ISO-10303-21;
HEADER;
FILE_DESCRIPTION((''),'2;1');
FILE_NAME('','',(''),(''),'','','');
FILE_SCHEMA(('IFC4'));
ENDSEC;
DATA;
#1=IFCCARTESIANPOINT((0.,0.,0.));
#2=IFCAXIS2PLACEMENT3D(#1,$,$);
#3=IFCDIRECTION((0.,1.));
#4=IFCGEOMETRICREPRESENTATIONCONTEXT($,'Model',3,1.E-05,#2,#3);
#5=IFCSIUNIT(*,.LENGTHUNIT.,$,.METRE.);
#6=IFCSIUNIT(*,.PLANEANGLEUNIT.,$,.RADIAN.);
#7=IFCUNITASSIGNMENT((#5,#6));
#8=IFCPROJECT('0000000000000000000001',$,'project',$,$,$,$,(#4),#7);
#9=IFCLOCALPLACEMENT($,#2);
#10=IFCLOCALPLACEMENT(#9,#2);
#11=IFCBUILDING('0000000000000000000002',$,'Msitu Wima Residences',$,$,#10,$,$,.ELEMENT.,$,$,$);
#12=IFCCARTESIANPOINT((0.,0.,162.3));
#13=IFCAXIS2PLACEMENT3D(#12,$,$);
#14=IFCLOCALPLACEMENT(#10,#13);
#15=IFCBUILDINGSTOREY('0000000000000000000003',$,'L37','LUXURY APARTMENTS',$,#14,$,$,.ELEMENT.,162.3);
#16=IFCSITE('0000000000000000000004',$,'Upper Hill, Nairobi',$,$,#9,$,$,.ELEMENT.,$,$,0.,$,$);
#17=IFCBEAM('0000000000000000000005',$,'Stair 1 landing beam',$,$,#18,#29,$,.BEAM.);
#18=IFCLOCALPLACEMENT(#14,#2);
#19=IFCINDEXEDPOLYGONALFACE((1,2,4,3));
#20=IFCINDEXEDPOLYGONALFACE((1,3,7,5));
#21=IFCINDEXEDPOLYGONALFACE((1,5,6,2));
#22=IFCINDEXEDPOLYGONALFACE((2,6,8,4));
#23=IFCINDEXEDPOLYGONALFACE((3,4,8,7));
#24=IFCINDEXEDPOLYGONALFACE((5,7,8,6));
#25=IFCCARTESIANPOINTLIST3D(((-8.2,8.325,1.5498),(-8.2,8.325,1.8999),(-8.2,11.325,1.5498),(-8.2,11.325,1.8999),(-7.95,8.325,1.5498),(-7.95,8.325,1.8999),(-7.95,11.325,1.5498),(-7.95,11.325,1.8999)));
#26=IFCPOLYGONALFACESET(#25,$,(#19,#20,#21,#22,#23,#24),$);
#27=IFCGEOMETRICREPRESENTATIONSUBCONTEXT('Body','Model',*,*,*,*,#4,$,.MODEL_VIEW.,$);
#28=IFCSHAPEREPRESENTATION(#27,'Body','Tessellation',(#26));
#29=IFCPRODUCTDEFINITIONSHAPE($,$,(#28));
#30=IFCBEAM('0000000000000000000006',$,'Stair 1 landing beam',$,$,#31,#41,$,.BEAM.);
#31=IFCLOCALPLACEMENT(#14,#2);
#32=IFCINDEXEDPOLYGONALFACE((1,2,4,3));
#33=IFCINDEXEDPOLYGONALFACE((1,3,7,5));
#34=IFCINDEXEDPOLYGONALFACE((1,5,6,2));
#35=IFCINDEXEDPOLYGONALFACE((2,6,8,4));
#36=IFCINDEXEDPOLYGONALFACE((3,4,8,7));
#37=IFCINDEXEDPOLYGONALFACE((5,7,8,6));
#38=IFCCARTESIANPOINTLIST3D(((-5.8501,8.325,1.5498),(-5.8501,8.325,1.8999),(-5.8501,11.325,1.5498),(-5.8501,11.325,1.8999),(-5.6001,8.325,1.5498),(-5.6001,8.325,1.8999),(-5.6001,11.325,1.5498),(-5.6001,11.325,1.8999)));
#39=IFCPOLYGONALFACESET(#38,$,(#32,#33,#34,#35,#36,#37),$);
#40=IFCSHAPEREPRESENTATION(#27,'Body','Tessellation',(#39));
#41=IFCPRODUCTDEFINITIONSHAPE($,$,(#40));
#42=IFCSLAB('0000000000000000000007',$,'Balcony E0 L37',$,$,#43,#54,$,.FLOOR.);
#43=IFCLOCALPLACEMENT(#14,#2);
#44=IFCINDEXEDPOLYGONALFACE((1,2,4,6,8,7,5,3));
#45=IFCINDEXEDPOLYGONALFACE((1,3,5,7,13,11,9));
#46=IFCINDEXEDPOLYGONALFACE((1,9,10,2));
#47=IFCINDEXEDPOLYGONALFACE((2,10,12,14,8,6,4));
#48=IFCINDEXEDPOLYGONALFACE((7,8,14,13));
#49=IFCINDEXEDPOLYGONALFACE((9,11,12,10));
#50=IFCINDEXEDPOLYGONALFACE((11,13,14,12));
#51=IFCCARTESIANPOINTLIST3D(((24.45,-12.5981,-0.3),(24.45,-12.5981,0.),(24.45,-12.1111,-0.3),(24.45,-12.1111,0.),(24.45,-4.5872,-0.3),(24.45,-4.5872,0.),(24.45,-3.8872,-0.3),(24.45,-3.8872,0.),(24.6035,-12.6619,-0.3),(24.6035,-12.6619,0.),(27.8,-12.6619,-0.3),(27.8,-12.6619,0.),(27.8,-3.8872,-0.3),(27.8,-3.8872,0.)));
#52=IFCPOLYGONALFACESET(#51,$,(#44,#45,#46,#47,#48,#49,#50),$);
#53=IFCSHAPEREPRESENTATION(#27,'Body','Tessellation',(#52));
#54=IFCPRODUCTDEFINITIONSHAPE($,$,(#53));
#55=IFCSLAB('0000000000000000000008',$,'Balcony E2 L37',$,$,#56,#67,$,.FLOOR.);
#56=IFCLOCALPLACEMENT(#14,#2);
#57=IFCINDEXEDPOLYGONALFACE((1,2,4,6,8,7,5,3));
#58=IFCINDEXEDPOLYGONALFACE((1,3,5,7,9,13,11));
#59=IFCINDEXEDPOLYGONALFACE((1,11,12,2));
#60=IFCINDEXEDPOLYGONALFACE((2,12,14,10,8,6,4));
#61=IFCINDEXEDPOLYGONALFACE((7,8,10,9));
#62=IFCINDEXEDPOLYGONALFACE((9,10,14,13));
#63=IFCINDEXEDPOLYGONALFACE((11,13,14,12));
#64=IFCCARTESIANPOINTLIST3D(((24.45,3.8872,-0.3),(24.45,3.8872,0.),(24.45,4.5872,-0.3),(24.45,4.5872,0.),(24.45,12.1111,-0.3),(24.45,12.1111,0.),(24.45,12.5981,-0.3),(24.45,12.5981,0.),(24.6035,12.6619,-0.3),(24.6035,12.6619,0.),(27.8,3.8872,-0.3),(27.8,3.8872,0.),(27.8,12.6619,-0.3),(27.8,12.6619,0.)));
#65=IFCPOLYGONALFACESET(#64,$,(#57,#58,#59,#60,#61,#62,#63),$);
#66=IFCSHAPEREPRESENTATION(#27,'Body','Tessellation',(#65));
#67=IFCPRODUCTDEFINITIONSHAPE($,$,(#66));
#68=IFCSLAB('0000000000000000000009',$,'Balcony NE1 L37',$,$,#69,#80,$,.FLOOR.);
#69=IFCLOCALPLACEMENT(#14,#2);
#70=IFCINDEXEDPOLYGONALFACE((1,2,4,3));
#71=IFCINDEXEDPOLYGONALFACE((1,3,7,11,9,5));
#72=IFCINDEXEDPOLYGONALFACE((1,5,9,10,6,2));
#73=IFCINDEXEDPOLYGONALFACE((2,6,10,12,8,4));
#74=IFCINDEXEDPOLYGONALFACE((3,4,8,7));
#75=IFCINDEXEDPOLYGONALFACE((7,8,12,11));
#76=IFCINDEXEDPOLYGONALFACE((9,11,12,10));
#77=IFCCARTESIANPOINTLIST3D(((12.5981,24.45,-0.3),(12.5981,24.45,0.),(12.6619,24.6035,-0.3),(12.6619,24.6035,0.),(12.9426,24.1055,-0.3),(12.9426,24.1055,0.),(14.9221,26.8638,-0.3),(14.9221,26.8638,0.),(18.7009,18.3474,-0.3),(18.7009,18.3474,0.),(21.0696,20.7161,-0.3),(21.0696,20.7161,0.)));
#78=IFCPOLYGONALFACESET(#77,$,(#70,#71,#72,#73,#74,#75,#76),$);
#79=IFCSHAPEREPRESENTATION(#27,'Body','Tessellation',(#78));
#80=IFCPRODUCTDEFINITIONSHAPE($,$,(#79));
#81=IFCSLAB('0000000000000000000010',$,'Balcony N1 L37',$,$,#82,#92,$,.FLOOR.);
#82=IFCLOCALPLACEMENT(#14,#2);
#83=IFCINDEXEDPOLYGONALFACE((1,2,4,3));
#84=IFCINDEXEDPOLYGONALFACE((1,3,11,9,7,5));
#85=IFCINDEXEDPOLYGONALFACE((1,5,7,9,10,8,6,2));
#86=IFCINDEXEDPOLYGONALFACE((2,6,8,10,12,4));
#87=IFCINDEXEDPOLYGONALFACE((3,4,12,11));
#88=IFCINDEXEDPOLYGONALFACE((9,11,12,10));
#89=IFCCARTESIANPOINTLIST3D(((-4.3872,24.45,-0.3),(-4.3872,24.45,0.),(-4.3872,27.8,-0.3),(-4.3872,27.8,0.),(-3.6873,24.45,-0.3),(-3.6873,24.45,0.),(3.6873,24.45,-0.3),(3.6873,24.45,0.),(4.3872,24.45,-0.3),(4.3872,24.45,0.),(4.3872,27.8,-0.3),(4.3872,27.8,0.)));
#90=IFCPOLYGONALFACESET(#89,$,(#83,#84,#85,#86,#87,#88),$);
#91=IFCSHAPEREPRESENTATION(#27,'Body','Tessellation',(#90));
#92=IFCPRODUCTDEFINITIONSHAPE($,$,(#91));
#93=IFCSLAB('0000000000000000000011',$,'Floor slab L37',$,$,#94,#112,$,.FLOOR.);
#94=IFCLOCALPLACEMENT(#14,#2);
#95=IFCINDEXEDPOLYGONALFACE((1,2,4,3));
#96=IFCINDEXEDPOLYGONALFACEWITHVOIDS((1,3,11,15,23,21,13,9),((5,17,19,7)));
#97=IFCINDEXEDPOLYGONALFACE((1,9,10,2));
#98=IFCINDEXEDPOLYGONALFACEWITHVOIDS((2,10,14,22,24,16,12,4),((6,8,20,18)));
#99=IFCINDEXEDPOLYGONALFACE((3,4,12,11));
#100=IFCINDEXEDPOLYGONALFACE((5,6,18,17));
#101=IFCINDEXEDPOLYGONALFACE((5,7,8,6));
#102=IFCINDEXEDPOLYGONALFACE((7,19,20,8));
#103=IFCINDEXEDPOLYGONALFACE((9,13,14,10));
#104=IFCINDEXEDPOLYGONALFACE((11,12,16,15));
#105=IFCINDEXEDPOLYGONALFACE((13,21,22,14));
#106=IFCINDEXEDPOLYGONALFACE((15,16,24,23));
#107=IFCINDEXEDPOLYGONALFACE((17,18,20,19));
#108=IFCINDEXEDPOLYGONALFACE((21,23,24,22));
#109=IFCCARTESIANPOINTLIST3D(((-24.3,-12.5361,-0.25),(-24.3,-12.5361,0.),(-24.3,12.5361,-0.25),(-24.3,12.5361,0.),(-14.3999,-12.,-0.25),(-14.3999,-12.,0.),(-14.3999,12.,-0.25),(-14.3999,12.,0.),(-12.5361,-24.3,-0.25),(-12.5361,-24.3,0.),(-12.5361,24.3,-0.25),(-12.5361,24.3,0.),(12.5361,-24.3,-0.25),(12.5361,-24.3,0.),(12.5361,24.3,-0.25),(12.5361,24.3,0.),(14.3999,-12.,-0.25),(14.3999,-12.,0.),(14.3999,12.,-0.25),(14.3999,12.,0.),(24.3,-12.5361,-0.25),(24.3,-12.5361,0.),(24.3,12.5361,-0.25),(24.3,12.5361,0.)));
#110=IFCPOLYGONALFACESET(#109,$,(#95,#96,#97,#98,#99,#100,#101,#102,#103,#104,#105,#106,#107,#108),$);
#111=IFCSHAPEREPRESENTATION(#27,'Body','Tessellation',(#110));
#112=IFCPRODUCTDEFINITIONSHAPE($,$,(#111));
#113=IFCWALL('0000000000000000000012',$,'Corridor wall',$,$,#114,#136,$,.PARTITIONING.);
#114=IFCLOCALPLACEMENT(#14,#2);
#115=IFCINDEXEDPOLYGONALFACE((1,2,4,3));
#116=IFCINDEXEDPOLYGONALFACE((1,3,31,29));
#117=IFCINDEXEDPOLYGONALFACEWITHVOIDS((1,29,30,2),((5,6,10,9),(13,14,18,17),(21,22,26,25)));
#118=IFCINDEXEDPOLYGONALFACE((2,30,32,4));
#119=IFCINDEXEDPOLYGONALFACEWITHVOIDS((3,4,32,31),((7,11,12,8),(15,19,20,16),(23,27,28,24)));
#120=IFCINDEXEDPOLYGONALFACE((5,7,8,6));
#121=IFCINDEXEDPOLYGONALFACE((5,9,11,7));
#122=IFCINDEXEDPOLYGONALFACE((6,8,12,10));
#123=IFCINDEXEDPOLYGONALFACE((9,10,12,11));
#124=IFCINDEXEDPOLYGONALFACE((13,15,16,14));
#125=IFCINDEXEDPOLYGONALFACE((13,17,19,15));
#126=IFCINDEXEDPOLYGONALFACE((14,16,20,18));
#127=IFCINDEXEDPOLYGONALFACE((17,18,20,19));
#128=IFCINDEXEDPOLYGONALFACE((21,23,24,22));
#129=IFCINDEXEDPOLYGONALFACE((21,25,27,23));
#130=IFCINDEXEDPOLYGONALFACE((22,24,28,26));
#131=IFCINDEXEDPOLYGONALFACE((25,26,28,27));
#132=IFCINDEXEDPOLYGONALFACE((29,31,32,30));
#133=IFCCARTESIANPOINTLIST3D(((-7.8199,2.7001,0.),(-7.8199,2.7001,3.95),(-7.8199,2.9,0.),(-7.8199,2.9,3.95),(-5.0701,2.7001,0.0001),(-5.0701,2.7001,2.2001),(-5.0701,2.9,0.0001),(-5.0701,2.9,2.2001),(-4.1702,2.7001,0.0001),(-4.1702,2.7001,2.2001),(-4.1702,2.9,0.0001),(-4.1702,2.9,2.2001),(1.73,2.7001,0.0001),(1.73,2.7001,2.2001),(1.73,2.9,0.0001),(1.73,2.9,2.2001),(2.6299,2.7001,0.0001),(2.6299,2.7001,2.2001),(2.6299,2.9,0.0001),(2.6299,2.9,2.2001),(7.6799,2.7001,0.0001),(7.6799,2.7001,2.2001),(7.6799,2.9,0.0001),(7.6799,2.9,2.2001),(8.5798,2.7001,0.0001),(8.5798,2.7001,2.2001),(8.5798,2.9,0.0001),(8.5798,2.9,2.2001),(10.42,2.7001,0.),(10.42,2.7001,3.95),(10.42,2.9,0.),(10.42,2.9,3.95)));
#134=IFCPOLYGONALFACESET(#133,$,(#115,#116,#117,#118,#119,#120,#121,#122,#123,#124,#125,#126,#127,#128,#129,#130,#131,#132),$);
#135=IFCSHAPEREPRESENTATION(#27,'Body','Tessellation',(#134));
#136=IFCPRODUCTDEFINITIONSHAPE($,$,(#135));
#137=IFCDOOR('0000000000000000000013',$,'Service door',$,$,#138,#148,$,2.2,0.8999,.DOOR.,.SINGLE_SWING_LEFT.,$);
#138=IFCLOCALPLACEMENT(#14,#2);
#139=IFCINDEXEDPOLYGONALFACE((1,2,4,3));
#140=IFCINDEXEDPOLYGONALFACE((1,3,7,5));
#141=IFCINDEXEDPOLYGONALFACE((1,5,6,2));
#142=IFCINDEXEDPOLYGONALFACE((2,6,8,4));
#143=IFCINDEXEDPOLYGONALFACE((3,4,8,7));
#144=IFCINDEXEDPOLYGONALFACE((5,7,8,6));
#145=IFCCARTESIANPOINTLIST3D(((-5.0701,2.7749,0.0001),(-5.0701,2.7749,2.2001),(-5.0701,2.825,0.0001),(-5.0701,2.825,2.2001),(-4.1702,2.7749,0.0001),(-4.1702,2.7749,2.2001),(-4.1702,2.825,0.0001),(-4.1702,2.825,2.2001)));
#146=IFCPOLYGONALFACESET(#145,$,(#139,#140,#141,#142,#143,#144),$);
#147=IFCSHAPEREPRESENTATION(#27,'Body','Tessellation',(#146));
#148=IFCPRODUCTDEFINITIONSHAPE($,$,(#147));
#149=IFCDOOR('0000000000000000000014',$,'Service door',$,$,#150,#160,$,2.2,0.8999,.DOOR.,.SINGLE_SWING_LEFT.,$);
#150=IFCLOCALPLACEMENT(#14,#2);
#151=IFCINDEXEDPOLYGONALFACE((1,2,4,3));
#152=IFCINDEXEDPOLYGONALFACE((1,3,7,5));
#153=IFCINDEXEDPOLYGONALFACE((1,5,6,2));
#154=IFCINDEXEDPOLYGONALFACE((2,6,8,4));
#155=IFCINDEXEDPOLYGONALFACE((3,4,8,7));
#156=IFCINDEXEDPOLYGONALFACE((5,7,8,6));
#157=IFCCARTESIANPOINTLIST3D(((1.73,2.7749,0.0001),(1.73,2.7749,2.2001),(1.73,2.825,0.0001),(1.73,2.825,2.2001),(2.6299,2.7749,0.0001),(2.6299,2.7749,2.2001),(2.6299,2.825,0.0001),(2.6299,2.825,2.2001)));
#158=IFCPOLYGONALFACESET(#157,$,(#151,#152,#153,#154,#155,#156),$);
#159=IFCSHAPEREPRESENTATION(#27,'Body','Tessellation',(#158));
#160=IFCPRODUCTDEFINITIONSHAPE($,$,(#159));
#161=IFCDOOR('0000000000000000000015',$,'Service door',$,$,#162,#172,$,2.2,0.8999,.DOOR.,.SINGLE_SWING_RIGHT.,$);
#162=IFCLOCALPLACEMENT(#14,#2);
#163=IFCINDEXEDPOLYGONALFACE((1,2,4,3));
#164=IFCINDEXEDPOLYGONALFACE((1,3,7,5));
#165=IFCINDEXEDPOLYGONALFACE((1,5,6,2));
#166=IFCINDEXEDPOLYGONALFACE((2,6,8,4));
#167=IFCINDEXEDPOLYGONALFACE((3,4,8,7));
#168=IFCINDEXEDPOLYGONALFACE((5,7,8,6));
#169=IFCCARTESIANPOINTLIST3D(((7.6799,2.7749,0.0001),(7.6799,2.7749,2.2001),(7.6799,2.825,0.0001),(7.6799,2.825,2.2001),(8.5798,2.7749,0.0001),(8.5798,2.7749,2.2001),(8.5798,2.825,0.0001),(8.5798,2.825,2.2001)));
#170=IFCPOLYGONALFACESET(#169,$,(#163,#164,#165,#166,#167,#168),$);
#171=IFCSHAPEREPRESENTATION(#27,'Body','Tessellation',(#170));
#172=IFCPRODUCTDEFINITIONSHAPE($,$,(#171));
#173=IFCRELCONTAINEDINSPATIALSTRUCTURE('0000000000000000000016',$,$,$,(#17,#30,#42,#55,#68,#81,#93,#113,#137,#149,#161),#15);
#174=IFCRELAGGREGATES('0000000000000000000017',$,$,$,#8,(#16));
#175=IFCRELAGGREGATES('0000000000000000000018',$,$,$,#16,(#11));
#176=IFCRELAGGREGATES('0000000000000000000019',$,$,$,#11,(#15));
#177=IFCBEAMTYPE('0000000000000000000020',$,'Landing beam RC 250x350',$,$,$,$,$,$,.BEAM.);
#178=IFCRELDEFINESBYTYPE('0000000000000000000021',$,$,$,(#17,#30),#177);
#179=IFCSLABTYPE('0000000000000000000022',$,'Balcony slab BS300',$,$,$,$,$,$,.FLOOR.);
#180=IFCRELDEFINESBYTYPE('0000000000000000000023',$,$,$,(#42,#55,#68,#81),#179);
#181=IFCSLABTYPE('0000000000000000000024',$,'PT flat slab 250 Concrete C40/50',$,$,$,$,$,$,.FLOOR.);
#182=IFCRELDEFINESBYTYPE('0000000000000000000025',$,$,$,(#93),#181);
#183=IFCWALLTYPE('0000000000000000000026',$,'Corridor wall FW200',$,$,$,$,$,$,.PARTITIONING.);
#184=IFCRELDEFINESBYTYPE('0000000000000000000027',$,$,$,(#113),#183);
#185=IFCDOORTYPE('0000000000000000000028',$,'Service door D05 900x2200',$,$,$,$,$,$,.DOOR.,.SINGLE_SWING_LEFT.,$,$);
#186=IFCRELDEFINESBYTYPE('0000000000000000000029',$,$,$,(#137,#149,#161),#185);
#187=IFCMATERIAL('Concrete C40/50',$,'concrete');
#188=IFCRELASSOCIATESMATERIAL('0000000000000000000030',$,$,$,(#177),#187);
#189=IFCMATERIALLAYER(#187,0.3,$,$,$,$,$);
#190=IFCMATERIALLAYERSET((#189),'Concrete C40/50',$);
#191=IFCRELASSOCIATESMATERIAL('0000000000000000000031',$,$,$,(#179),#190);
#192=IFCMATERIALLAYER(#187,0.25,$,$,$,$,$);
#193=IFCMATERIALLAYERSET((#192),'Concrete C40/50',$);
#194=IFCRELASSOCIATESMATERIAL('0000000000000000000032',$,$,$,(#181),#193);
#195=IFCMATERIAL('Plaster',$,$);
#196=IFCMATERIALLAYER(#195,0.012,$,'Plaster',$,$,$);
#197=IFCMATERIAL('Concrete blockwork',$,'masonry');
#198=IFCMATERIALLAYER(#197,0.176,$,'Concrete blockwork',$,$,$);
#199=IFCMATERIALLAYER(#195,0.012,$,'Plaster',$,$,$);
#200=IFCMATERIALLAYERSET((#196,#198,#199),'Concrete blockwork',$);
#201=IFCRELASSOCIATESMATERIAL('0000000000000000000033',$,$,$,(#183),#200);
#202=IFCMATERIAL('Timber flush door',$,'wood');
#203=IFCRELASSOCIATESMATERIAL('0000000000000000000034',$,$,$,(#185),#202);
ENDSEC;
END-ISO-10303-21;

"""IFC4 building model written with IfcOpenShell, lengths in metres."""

from ifc_helpers import new_model, si_unit, direction, frame, frame_2d, origin, origin_2d, place, context, subcontext, project, spatial, polyline, rectangle, outline, extrude, material, layer, layer_set, material_profile, profile_set, type_object, element, fill, save


model = new_model("IFC4")

# Units and contexts
model_context = context("Model", 3, precision=1e-05, world=origin(), true_north=direction((0.0, 1.0)))
body_context = subcontext(model_context, "Body", "Model", "MODEL_VIEW")
ifc_project = project(units=[si_unit("LENGTHUNIT", "METRE"), si_unit("PLANEANGLEUNIT", "RADIAN")], contexts=[model_context])

# Site, building, storey
site_placement = place(None, origin())
site = spatial("IfcSite", under=ifc_project, at=site_placement, Name="Upper Hill, Nairobi", CompositionType="ELEMENT", RefElevation=0.0)
building_placement = place(site_placement, origin())
building = spatial("IfcBuilding", under=site, at=building_placement, Name="Msitu Wima Residences", CompositionType="ELEMENT")
storey_placement = place(building_placement, frame((0.0, 0.0, 162.3)))
storey = spatial("IfcBuildingStorey", under=building, at=storey_placement, Name="L37", Description="LUXURY APARTMENTS", CompositionType="ELEMENT", Elevation=162.3)

# Beams
ifc_material_1 = material(Name="Concrete C40/50", Category="concrete")
ifc_material_profile = material_profile(ifc_material_1, rectangle(XDim=0.25, YDim=0.3501, at=origin_2d()), Name="RC 250x350")
ifc_profile_set = profile_set([ifc_material_profile], Name="Concrete C40/50")
beam_type = type_object("IfcBeamType", Name="Landing beam RC 250x350", PredefinedType="BEAM", material=ifc_profile_set)
for number, where, z_axis, x_axis, name in (
    (1, (-8.075, 8.325, 1.7249), (0.0, 1.0, 0.0), (-1.0, 0.0, 0.0), "Stair 1 landing beam"),
    (2, (-5.7251, 8.325, 1.7249), (0.0, 1.0, 0.0), (-1.0, 0.0, 0.0), "Stair 1 landing beam"),
):
    element("IfcBeam", number, at=place(storey_placement, frame(where, z_axis=z_axis, x_axis=x_axis)), inside=storey, type_object=beam_type, Name=name, PredefinedType="BEAM", context=body_context, shape_type="SweptSolid", body=[
        extrude(rectangle(XDim=0.25, YDim=0.3501, at=origin_2d()), origin(), (0.0, 0.0, 1.0), 3.0),
    ])

# Slabs
ifc_layer_1 = layer(ifc_material_1, 0.3)
ifc_layer_set_1 = layer_set([ifc_layer_1], Name="Concrete C40/50")
slab_type_1 = type_object("IfcSlabType", Name="Balcony slab BS300", PredefinedType="FLOOR", material=ifc_layer_set_1)
slab_1_placement = place(storey_placement, frame((0.0, 0.0, -0.3)))
element("IfcSlab", 3, at=slab_1_placement, inside=storey, type_object=slab_type_1, Name="Balcony E0 L37", PredefinedType="FLOOR", context=body_context, shape_type="SweptSolid", body=[
    extrude(outline(polyline([(24.45, -12.1111), (24.45, -12.1111), (24.45, -4.5872), (24.45, -4.5872), (24.45, -3.8872), (27.8, -3.8872), (27.8, -12.6619), (24.6035, -12.6619), (24.45, -12.5981), (24.45, -12.1111), (24.45, -12.1111)])), origin(), (0.0, 0.0, 1.0), 0.3),
])
slab_2_placement = place(storey_placement, frame((0.0, 0.0, -0.3)))
element("IfcSlab", 4, at=slab_2_placement, inside=storey, type_object=slab_type_1, Name="Balcony E2 L37", PredefinedType="FLOOR", context=body_context, shape_type="SweptSolid", body=[
    extrude(outline(polyline([(24.45, 12.1111), (24.45, 12.1111), (24.45, 12.1111), (24.45, 12.5981), (24.6035, 12.6619), (27.8, 12.6619), (27.8, 3.8872), (24.45, 3.8872), (24.45, 4.5872), (24.45, 12.1111)])), origin(), (0.0, 0.0, 1.0), 0.3),
])
slab_3_placement = place(storey_placement, frame((0.0, 0.0, -0.3)))
element("IfcSlab", 5, at=slab_3_placement, inside=storey, type_object=slab_type_1, Name="Balcony NE1 L37", PredefinedType="FLOOR", context=body_context, shape_type="SweptSolid", body=[
    extrude(outline(polyline([(12.9426, 24.1055), (12.9426, 24.1055), (12.5981, 24.45), (12.6619, 24.6035), (14.9221, 26.8638), (21.0696, 20.7161), (18.7009, 18.3474), (12.9426, 24.1055), (12.9426, 24.1055)])), origin(), (0.0, 0.0, 1.0), 0.3),
])
slab_4_placement = place(storey_placement, frame((0.0, 0.0, -0.3)))
element("IfcSlab", 6, at=slab_4_placement, inside=storey, type_object=slab_type_1, Name="Balcony N1 L37", PredefinedType="FLOOR", context=body_context, shape_type="SweptSolid", body=[
    extrude(outline(polyline([(3.6873, 24.45), (-3.6873, 24.45), (-4.3872, 24.45), (-4.3872, 27.8), (4.3872, 27.8), (4.3872, 24.45), (3.6873, 24.45)])), origin(), (0.0, 0.0, 1.0), 0.3),
])
ifc_layer_2 = layer(ifc_material_1, 0.25)
ifc_layer_set_2 = layer_set([ifc_layer_2], Name="Concrete C40/50")
slab_type_2 = type_object("IfcSlabType", Name="PT flat slab 250 Concrete C40/50", PredefinedType="FLOOR", material=ifc_layer_set_2)
slab_5_placement = place(storey_placement, frame((0.0, 0.0, -0.25)))
element("IfcSlab", 7, at=slab_5_placement, inside=storey, type_object=slab_type_2, Name="Floor slab L37", PredefinedType="FLOOR", context=body_context, shape_type="SweptSolid", body=[
    extrude(outline(polyline([(24.3, -12.5361), (12.5361, -24.3), (-12.5361, -24.3), (-24.3, -12.5361), (-24.3, 12.5361), (-12.5361, 24.3), (12.5361, 24.3), (24.3, 12.5361), (24.3, -12.5361)]), holes=[polyline([(-14.3999, -12.0), (14.3999, -12.0), (14.3999, 12.0), (-14.3999, 12.0), (-14.3999, -12.0)])]), origin(), (0.0, 0.0, 1.0), 0.25),
])

# Wall, openings, doors
ifc_material_2 = material(Name="Plaster")
ifc_layer_3 = layer(ifc_material_2, 0.012, Name="Plaster")
ifc_material_3 = material(Name="Concrete blockwork", Category="masonry")
ifc_layer_4 = layer(ifc_material_3, 0.176, Name="Concrete blockwork")
ifc_layer_5 = layer(ifc_material_2, 0.012, Name="Plaster")
ifc_layer_set_3 = layer_set([ifc_layer_3, ifc_layer_4, ifc_layer_5], Name="Concrete blockwork")
wall_type_1 = type_object("IfcWallType", Name="Corridor wall FW200", PredefinedType="PARTITIONING", material=ifc_layer_set_3)
wall_1_placement = place(storey_placement, frame((-7.8201, 2.8, 0.0), z_axis=(0.0, 0.0, 1.0), x_axis=(1.0, 0.0, 0.0)))
wall_1 = element("IfcWall", 8, at=wall_1_placement, inside=storey, type_object=wall_type_1, Name="Corridor wall", PredefinedType="PARTITIONING", context=body_context, shape_type="SweptSolid", body=[
    extrude(rectangle(XDim=18.24, YDim=0.2, at=frame_2d((9.1201, 0.0))), origin(), (0.0, 0.0, 1.0), 3.95),
])
opening_1_placement = place(wall_1_placement, frame((2.75, 0.0, 0.0)))
opening_1 = element("IfcOpeningElement", 9, at=opening_1_placement, cuts=wall_1, PredefinedType="OPENING", context=body_context, shape_type="SweptSolid", body=[
    extrude(rectangle(XDim=0.8999, YDim=2.2, at=frame_2d((0.45, 1.1001))), frame((0.0, 0.1099, 0.0), z_axis=(0.0, -1.0, 0.0), x_axis=(1.0, 0.0, 0.0)), (0.0, 0.0, 1.0), 0.22),
])
opening_2_placement = place(wall_1_placement, frame((9.55, 0.0, 0.0)))
opening_2 = element("IfcOpeningElement", 10, at=opening_2_placement, cuts=wall_1, PredefinedType="OPENING", context=body_context, shape_type="SweptSolid", body=[
    extrude(rectangle(XDim=0.8999, YDim=2.2, at=frame_2d((0.45, 1.1001))), frame((0.0, 0.1099, 0.0), z_axis=(0.0, -1.0, 0.0), x_axis=(1.0, 0.0, 0.0)), (0.0, 0.0, 1.0), 0.22),
])
opening_3_placement = place(wall_1_placement, frame((15.5, 0.0, 0.0)))
opening_3 = element("IfcOpeningElement", 11, at=opening_3_placement, cuts=wall_1, PredefinedType="OPENING", context=body_context, shape_type="SweptSolid", body=[
    extrude(rectangle(XDim=0.8999, YDim=2.2, at=frame_2d((0.45, 1.1001))), frame((0.0, 0.1099, 0.0), z_axis=(0.0, -1.0, 0.0), x_axis=(1.0, 0.0, 0.0)), (0.0, 0.0, 1.0), 0.22),
])
ifc_material_4 = material(Name="Timber flush door", Category="wood")
door_type_1 = type_object("IfcDoorType", Name="Service door D05 900x2200", OperationType="SINGLE_SWING_LEFT", PredefinedType="DOOR", material=ifc_material_4)
door_1_placement = place(opening_1_placement, origin())
door_1 = element("IfcDoor", 12, at=door_1_placement, inside=storey, type_object=door_type_1, Name="Service door", OperationType="SINGLE_SWING_LEFT", OverallHeight=2.2, OverallWidth=0.8999, PredefinedType="DOOR", context=body_context, shape_type="SweptSolid", body=[
    extrude(rectangle(XDim=0.8999, YDim=2.2, at=frame_2d((0.45, 1.1001))), frame((0.0, 0.0249, 0.0), z_axis=(0.0, -1.0, 0.0), x_axis=(1.0, 0.0, 0.0)), (0.0, 0.0, 1.0), 0.05),
])
fill(opening_1, door_1)
door_2_placement = place(opening_2_placement, origin())
door_2 = element("IfcDoor", 13, at=door_2_placement, inside=storey, type_object=door_type_1, Name="Service door", OperationType="SINGLE_SWING_LEFT", OverallHeight=2.2, OverallWidth=0.8999, PredefinedType="DOOR", context=body_context, shape_type="SweptSolid", body=[
    extrude(rectangle(XDim=0.8999, YDim=2.2, at=frame_2d((0.45, 1.1001))), frame((0.0, 0.0249, 0.0), z_axis=(0.0, -1.0, 0.0), x_axis=(1.0, 0.0, 0.0)), (0.0, 0.0, 1.0), 0.05),
])
fill(opening_2, door_2)
door_3_placement = place(opening_3_placement, origin())
door_3 = element("IfcDoor", 14, at=door_3_placement, inside=storey, type_object=door_type_1, Name="Service door", OperationType="SINGLE_SWING_RIGHT", OverallHeight=2.2, OverallWidth=0.8999, PredefinedType="DOOR", context=body_context, shape_type="SweptSolid", body=[
    extrude(rectangle(XDim=0.8999, YDim=2.2, at=frame_2d((0.45, 1.1001))), frame((0.0, 0.0249, 0.0), z_axis=(0.0, -1.0, 0.0), x_axis=(1.0, 0.0, 0.0)), (0.0, 0.0, 1.0), 0.05),
])
fill(opening_3, door_3)

save(model, "model.ifc")
